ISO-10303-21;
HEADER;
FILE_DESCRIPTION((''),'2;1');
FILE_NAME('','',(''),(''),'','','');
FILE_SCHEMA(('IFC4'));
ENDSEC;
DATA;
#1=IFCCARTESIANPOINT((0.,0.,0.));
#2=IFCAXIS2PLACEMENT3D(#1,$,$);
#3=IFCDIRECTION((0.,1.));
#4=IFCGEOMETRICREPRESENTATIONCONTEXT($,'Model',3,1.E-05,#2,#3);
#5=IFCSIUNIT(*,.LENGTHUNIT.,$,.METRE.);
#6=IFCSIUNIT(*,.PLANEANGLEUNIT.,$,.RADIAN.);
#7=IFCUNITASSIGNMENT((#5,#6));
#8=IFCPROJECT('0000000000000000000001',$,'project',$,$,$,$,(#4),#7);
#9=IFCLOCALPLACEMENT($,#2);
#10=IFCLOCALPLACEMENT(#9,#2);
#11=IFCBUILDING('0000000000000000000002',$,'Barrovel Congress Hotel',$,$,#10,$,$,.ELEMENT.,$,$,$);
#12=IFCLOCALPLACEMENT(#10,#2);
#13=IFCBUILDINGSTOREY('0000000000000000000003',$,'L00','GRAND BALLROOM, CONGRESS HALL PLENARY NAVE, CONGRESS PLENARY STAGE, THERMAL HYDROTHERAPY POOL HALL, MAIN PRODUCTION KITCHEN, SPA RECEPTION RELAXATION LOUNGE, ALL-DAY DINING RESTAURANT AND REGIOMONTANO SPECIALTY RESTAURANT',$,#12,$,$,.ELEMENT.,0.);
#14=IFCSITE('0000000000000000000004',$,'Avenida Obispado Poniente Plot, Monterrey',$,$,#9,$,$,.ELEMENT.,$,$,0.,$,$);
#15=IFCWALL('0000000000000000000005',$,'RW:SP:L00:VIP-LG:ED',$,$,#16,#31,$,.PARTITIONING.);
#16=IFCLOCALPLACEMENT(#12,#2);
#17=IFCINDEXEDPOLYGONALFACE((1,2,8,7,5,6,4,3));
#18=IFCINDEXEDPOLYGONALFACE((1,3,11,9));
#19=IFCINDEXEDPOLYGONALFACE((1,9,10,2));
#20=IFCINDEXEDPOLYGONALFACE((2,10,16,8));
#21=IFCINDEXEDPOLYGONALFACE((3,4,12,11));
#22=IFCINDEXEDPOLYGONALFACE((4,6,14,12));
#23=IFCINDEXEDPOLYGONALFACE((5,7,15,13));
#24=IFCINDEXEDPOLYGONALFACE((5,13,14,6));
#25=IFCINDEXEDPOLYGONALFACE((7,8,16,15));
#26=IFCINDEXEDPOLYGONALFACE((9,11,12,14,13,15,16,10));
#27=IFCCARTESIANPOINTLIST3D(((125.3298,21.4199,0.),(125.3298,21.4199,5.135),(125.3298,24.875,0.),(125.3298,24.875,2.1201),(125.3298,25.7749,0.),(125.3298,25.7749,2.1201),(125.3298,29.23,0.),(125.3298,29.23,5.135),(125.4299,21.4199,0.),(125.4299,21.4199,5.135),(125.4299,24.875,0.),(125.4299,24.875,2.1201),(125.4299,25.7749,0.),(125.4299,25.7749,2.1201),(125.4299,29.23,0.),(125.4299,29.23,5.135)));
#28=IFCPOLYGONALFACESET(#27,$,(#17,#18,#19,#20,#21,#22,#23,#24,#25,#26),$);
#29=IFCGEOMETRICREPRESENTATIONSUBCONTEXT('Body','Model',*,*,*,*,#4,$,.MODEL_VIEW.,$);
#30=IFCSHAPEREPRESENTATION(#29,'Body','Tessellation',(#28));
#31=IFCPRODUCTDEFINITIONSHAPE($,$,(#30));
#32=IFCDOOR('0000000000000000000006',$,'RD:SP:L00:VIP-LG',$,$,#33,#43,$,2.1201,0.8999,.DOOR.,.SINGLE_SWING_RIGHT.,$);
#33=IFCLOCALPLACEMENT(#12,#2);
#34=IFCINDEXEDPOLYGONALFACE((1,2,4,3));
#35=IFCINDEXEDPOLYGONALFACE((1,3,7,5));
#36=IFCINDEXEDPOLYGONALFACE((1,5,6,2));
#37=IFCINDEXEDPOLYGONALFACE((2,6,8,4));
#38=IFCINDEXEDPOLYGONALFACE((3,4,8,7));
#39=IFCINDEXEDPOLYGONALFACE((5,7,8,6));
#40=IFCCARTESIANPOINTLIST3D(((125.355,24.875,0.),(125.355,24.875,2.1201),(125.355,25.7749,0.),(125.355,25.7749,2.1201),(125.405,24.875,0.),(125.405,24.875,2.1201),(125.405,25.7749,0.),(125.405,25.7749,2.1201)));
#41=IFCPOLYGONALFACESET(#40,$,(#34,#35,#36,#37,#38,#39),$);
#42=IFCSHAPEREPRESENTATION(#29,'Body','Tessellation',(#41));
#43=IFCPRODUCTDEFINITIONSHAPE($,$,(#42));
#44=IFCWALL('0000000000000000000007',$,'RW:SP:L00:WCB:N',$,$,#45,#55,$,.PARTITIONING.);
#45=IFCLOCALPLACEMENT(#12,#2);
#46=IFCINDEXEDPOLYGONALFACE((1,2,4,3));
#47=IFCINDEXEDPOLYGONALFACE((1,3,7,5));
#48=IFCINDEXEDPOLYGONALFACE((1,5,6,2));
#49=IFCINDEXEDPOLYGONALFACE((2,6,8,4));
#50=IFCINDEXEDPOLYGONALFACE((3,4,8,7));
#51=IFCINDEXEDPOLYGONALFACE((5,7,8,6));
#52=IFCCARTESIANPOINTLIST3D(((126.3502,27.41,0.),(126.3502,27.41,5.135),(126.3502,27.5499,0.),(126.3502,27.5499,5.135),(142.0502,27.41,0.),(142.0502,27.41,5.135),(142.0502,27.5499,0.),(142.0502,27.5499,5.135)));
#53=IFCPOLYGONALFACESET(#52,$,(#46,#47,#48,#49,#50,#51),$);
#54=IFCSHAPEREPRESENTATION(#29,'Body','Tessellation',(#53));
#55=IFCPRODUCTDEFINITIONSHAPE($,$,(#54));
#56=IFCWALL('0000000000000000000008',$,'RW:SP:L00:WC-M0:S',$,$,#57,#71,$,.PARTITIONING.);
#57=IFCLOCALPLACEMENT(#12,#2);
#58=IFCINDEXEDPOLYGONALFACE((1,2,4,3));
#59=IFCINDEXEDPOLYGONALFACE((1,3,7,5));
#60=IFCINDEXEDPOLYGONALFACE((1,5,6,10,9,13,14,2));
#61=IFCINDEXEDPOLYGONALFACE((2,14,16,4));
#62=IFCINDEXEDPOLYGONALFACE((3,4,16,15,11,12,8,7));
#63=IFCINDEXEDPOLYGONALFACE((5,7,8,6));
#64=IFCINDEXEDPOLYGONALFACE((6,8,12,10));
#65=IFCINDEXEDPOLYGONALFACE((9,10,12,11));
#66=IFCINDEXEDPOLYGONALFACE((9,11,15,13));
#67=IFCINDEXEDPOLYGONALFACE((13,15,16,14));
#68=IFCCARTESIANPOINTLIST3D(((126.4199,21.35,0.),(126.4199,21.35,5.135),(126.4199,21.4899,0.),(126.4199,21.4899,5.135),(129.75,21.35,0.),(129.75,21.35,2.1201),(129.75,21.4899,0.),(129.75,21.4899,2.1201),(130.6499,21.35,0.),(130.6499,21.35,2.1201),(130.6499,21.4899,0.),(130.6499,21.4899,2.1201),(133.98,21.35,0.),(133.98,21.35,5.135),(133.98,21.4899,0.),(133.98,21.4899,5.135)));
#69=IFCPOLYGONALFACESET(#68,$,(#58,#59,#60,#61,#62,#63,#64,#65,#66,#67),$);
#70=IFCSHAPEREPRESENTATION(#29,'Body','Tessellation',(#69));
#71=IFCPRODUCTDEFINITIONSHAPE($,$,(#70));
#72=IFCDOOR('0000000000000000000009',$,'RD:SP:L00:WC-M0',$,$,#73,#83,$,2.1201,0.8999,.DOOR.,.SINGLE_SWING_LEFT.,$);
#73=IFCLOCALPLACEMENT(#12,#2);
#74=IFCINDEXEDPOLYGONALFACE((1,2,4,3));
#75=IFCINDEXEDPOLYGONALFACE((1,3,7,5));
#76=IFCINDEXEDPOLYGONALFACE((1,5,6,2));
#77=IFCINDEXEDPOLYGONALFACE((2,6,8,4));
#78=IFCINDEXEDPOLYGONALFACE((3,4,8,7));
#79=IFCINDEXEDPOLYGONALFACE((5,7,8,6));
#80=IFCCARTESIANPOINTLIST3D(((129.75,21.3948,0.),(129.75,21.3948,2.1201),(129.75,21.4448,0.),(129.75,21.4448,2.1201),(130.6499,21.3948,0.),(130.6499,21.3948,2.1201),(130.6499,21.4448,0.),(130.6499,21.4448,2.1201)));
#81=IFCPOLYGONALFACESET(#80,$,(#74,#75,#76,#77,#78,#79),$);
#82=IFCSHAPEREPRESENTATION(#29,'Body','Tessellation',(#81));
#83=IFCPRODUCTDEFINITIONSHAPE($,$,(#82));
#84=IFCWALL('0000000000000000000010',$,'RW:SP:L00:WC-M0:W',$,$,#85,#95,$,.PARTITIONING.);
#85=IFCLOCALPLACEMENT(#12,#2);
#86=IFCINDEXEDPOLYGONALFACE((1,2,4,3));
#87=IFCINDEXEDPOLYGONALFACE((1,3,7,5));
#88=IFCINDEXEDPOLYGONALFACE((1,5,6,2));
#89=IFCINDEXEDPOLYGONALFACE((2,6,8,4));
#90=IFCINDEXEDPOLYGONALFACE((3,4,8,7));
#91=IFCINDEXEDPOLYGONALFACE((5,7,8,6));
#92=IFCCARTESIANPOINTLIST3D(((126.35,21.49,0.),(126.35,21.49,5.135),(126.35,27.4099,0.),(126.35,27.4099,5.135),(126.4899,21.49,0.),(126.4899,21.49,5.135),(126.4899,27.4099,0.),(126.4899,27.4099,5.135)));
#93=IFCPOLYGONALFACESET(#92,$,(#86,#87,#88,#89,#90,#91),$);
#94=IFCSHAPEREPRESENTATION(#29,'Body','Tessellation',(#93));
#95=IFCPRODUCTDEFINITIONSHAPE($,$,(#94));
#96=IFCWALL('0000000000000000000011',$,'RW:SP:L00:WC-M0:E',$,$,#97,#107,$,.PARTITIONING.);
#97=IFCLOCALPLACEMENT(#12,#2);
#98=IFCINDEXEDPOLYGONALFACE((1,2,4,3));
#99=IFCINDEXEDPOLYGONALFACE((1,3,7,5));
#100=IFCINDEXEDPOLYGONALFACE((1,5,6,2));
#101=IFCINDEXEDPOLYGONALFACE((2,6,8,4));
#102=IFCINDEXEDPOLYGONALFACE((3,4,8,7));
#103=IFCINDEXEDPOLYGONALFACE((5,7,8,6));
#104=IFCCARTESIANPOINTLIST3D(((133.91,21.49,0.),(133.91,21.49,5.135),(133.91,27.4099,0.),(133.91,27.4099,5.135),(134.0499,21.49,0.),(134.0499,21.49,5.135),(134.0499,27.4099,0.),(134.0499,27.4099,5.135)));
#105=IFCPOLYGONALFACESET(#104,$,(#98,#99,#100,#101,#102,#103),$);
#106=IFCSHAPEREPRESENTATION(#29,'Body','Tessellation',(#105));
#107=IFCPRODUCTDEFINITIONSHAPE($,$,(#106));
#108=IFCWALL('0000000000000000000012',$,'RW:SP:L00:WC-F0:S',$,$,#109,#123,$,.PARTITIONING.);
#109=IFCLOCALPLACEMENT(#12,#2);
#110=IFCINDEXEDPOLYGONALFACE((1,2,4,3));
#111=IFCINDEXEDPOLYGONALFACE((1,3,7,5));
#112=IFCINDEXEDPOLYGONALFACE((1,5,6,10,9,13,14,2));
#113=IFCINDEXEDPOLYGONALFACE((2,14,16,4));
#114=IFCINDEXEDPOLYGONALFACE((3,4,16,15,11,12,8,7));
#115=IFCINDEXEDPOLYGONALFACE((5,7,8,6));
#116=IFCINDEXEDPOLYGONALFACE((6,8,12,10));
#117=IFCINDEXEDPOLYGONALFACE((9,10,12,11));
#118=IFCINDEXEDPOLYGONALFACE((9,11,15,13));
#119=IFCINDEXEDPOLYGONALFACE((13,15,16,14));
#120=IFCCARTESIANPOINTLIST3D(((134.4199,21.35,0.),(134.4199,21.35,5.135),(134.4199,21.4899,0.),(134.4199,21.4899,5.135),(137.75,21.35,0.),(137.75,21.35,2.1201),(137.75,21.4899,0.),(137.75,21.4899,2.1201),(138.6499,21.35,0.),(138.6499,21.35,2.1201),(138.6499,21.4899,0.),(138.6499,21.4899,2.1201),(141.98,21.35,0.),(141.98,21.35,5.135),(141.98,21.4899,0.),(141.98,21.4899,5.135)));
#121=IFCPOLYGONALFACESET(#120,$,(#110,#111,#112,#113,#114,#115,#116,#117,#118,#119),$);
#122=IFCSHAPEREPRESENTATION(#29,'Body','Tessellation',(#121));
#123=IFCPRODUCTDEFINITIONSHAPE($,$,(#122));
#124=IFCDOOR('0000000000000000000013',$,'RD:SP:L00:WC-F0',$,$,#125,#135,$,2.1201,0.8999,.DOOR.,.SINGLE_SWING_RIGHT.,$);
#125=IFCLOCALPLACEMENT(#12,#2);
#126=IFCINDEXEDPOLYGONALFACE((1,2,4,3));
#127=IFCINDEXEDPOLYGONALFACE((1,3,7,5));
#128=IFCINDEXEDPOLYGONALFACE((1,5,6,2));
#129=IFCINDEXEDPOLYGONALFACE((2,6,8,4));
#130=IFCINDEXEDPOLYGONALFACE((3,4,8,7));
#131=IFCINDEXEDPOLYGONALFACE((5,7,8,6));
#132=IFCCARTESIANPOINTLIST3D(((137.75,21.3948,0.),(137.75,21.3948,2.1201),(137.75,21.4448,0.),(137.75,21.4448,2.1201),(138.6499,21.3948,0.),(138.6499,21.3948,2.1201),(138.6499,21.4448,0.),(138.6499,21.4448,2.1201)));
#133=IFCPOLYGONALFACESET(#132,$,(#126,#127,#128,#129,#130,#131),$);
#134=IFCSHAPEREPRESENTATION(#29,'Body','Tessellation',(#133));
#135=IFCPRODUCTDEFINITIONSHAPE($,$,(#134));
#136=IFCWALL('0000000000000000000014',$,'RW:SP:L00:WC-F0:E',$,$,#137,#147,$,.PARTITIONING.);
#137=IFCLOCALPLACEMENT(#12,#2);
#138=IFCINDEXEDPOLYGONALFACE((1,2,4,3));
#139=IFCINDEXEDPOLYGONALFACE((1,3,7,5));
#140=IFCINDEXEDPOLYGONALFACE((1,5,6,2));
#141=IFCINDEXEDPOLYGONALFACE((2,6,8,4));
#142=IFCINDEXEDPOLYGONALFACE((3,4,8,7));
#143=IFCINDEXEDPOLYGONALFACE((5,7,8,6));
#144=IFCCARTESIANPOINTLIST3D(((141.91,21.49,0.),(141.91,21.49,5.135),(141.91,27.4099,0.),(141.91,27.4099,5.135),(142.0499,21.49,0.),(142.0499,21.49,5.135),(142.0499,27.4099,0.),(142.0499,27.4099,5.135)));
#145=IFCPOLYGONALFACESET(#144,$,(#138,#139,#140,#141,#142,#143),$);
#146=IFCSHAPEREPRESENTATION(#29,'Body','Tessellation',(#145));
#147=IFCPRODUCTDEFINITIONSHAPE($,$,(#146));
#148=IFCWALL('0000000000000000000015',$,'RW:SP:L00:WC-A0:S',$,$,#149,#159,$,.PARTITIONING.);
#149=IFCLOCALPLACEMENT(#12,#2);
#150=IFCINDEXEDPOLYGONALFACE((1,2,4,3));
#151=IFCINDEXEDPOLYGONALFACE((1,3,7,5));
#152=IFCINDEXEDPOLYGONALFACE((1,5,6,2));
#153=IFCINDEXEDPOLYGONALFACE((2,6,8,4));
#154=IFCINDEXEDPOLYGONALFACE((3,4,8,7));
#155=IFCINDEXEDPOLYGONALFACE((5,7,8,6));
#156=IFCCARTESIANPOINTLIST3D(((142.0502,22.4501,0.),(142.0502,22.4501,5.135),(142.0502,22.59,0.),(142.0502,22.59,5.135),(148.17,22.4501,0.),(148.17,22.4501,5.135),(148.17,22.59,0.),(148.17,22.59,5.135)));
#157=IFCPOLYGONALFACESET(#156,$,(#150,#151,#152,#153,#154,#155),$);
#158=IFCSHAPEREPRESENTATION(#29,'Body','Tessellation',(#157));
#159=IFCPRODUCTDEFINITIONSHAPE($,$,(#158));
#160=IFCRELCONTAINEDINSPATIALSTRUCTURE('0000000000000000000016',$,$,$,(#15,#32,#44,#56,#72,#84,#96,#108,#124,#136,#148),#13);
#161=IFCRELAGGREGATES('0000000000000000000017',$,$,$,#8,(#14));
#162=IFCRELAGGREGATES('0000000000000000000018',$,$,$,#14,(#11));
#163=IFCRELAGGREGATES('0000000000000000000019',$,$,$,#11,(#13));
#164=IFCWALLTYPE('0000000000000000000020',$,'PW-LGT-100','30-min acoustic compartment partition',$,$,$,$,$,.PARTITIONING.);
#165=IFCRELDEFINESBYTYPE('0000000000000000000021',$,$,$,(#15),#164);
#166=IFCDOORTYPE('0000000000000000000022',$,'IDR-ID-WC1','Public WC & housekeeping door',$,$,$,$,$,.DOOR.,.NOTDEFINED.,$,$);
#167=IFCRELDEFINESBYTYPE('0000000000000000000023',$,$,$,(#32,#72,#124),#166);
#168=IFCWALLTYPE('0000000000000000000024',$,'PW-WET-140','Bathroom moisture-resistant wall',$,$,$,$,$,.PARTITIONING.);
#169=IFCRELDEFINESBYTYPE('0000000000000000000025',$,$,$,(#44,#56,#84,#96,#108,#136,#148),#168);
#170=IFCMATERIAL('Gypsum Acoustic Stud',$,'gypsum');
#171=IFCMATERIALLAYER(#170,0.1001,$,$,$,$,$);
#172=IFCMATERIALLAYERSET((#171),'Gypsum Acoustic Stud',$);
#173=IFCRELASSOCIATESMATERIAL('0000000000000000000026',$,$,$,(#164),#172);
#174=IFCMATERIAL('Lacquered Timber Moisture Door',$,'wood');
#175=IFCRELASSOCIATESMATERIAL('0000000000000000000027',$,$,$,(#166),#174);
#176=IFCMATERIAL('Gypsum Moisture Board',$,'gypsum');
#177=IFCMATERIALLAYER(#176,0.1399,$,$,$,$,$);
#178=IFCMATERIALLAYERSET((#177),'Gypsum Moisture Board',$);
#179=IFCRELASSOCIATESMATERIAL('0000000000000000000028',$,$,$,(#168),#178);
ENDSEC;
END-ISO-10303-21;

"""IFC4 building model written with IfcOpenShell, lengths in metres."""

from ifc_helpers import new_model, si_unit, direction, frame, frame_2d, origin, place, context, subcontext, project, spatial, rectangle, extrude, material, layer, layer_set, type_object, element, fill, save


model = new_model("IFC4")

# Units and contexts
model_context = context("Model", 3, precision=1e-05, world=origin(), true_north=direction((0.0, 1.0)))
body_context = subcontext(model_context, "Body", "Model", "MODEL_VIEW")
ifc_project = project(units=[si_unit("LENGTHUNIT", "METRE"), si_unit("PLANEANGLEUNIT", "RADIAN")], contexts=[model_context])

# Site, building, storey
site_placement = place(None, origin())
site = spatial("IfcSite", under=ifc_project, at=site_placement, Name="Avenida Obispado Poniente Plot, Monterrey", CompositionType="ELEMENT", RefElevation=0.0)
building_placement = place(site_placement, origin())
building = spatial("IfcBuilding", under=site, at=building_placement, Name="Barrovel Congress Hotel", CompositionType="ELEMENT")
storey_placement = place(building_placement, origin())
storey = spatial("IfcBuildingStorey", under=building, at=storey_placement, Name="L00", Description="GRAND BALLROOM, CONGRESS HALL PLENARY NAVE, CONGRESS PLENARY STAGE, THERMAL HYDROTHERAPY POOL HALL, MAIN PRODUCTION KITCHEN, SPA RECEPTION RELAXATION LOUNGE, ALL-DAY DINING RESTAURANT AND REGIOMONTANO SPECIALTY RESTAURANT", CompositionType="ELEMENT", Elevation=0.0)

# Wall, opening, door
ifc_material_1 = material(Name="Gypsum Acoustic Stud", Category="gypsum")
ifc_layer_1 = layer(ifc_material_1, 0.1001)
ifc_layer_set_1 = layer_set([ifc_layer_1], Name="Gypsum Acoustic Stud")
wall_type_1 = type_object("IfcWallType", Name="PW-LGT-100", Description="30-min acoustic compartment partition", PredefinedType="PARTITIONING", material=ifc_layer_set_1)
wall_1_placement = place(storey_placement, frame((125.3799, 21.4199, 0.0), z_axis=(0.0, 0.0, 1.0), x_axis=(0.0, 1.0, 0.0)))
wall_1 = element("IfcWall", 1, at=wall_1_placement, inside=storey, type_object=wall_type_1, Name="RW:SP:L00:VIP-LG:ED", PredefinedType="PARTITIONING", context=body_context, shape_type="SweptSolid", body=[
    extrude(rectangle(XDim=7.8101, YDim=0.1001, at=frame_2d((3.905, 0.0))), origin(), (0.0, 0.0, 1.0), 5.135),
])
opening_1_placement = place(wall_1_placement, frame((3.4551, 0.0, 0.0)))
opening_1 = element("IfcOpeningElement", 2, at=opening_1_placement, cuts=wall_1, PredefinedType="OPENING", context=body_context, shape_type="SweptSolid", body=[
    extrude(rectangle(XDim=0.8999, YDim=2.1201, at=frame_2d((0.45, 1.0601))), frame((0.0, 0.0601, 0.0), z_axis=(0.0, -1.0, 0.0), x_axis=(1.0, 0.0, 0.0)), (0.0, 0.0, 1.0), 0.1201),
])
ifc_material_2 = material(Name="Lacquered Timber Moisture Door", Category="wood")
door_type = type_object("IfcDoorType", Name="IDR-ID-WC1", Description="Public WC & housekeeping door", OperationType="NOTDEFINED", PredefinedType="DOOR", material=ifc_material_2)
door_1_placement = place(opening_1_placement, origin())
door_1 = element("IfcDoor", 3, at=door_1_placement, inside=storey, type_object=door_type, Name="RD:SP:L00:VIP-LG", OperationType="SINGLE_SWING_RIGHT", OverallHeight=2.1201, OverallWidth=0.8999, PredefinedType="DOOR", context=body_context, shape_type="SweptSolid", body=[
    extrude(rectangle(XDim=0.8999, YDim=2.1201, at=frame_2d((0.45, 1.0601))), frame((0.0, 0.0249, 0.0), z_axis=(0.0, -1.0, 0.0), x_axis=(1.0, 0.0, 0.0)), (0.0, 0.0, 1.0), 0.05),
])
fill(opening_1, door_1)

# Wall
ifc_material_3 = material(Name="Gypsum Moisture Board", Category="gypsum")
ifc_layer_2 = layer(ifc_material_3, 0.1399)
ifc_layer_set_2 = layer_set([ifc_layer_2], Name="Gypsum Moisture Board")
wall_type_2 = type_object("IfcWallType", Name="PW-WET-140", Description="Bathroom moisture-resistant wall", PredefinedType="PARTITIONING", material=ifc_layer_set_2)
wall_2_placement = place(storey_placement, frame((126.3501, 27.48, 0.0), z_axis=(0.0, 0.0, 1.0), x_axis=(1.0, 0.0, 0.0)))
element("IfcWall", 4, at=wall_2_placement, inside=storey, type_object=wall_type_2, Name="RW:SP:L00:WCB:N", PredefinedType="PARTITIONING", context=body_context, shape_type="SweptSolid", body=[
    extrude(rectangle(XDim=15.7, YDim=0.1399, at=frame_2d((7.8501, 0.0))), origin(), (0.0, 0.0, 1.0), 5.135),
])

# Wall, opening, door
wall_3_placement = place(storey_placement, frame((126.4199, 21.4199, 0.0), z_axis=(0.0, 0.0, 1.0), x_axis=(1.0, 0.0, 0.0)))
wall_3 = element("IfcWall", 5, at=wall_3_placement, inside=storey, type_object=wall_type_2, Name="RW:SP:L00:WC-M0:S", PredefinedType="PARTITIONING", context=body_context, shape_type="SweptSolid", body=[
    extrude(rectangle(XDim=7.5601, YDim=0.1399, at=frame_2d((3.78, 0.0))), origin(), (0.0, 0.0, 1.0), 5.135),
])
opening_2_placement = place(wall_3_placement, frame((3.3301, 0.0, 0.0)))
opening_2 = element("IfcOpeningElement", 6, at=opening_2_placement, cuts=wall_3, PredefinedType="OPENING", context=body_context, shape_type="SweptSolid", body=[
    extrude(rectangle(XDim=0.8999, YDim=2.1201, at=frame_2d((0.45, 1.0601))), frame((0.0, 0.0801, 0.0), z_axis=(0.0, -1.0, 0.0), x_axis=(1.0, 0.0, 0.0)), (0.0, 0.0, 1.0), 0.1599),
])
door_2_placement = place(opening_2_placement, origin())
door_2 = element("IfcDoor", 7, at=door_2_placement, inside=storey, type_object=door_type, Name="RD:SP:L00:WC-M0", OperationType="SINGLE_SWING_LEFT", OverallHeight=2.1201, OverallWidth=0.8999, PredefinedType="DOOR", context=body_context, shape_type="SweptSolid", body=[
    extrude(rectangle(XDim=0.8999, YDim=2.1201, at=frame_2d((0.45, 1.0601))), frame((0.0, 0.0249, 0.0), z_axis=(0.0, -1.0, 0.0), x_axis=(1.0, 0.0, 0.0)), (0.0, 0.0, 1.0), 0.05),
])
fill(opening_2, door_2)

# Walls
for number, where, z_axis, x_axis, name in (
    (8, (126.4199, 21.49, 0.0), (0.0, 0.0, 1.0), (0.0, 1.0, 0.0), "RW:SP:L00:WC-M0:W"),
    (9, (133.98, 21.49, 0.0), (0.0, 0.0, 1.0), (0.0, 1.0, 0.0), "RW:SP:L00:WC-M0:E"),
):
    element("IfcWall", number, at=place(storey_placement, frame(where, z_axis=z_axis, x_axis=x_axis)), inside=storey, type_object=wall_type_2, Name=name, PredefinedType="PARTITIONING", context=body_context, shape_type="SweptSolid", body=[
        extrude(rectangle(XDim=5.9199, YDim=0.1399, at=frame_2d((2.96, 0.0))), origin(), (0.0, 0.0, 1.0), 5.135),
    ])

# Wall, opening, door
wall_4_placement = place(storey_placement, frame((134.4199, 21.4199, 0.0), z_axis=(0.0, 0.0, 1.0), x_axis=(1.0, 0.0, 0.0)))
wall_4 = element("IfcWall", 10, at=wall_4_placement, inside=storey, type_object=wall_type_2, Name="RW:SP:L00:WC-F0:S", PredefinedType="PARTITIONING", context=body_context, shape_type="SweptSolid", body=[
    extrude(rectangle(XDim=7.5601, YDim=0.1399, at=frame_2d((3.78, 0.0))), origin(), (0.0, 0.0, 1.0), 5.135),
])
opening_3_placement = place(wall_4_placement, frame((3.3301, 0.0, 0.0)))
opening_3 = element("IfcOpeningElement", 11, at=opening_3_placement, cuts=wall_4, PredefinedType="OPENING", context=body_context, shape_type="SweptSolid", body=[
    extrude(rectangle(XDim=0.8999, YDim=2.1201, at=frame_2d((0.45, 1.0601))), frame((0.0, 0.0801, 0.0), z_axis=(0.0, -1.0, 0.0), x_axis=(1.0, 0.0, 0.0)), (0.0, 0.0, 1.0), 0.1599),
])
door_3_placement = place(opening_3_placement, origin())
door_3 = element("IfcDoor", 12, at=door_3_placement, inside=storey, type_object=door_type, Name="RD:SP:L00:WC-F0", OperationType="SINGLE_SWING_RIGHT", OverallHeight=2.1201, OverallWidth=0.8999, PredefinedType="DOOR", context=body_context, shape_type="SweptSolid", body=[
    extrude(rectangle(XDim=0.8999, YDim=2.1201, at=frame_2d((0.45, 1.0601))), frame((0.0, 0.0249, 0.0), z_axis=(0.0, -1.0, 0.0), x_axis=(1.0, 0.0, 0.0)), (0.0, 0.0, 1.0), 0.05),
])
fill(opening_3, door_3)

# Walls
wall_5_placement = place(storey_placement, frame((141.98, 21.49, 0.0), z_axis=(0.0, 0.0, 1.0), x_axis=(0.0, 1.0, 0.0)))
element("IfcWall", 13, at=wall_5_placement, inside=storey, type_object=wall_type_2, Name="RW:SP:L00:WC-F0:E", PredefinedType="PARTITIONING", context=body_context, shape_type="SweptSolid", body=[
    extrude(rectangle(XDim=5.9199, YDim=0.1399, at=frame_2d((2.96, 0.0))), origin(), (0.0, 0.0, 1.0), 5.135),
])
wall_6_placement = place(storey_placement, frame((142.05, 22.52, 0.0), z_axis=(0.0, 0.0, 1.0), x_axis=(1.0, 0.0, 0.0)))
element("IfcWall", 14, at=wall_6_placement, inside=storey, type_object=wall_type_2, Name="RW:SP:L00:WC-A0:S", PredefinedType="PARTITIONING", context=body_context, shape_type="SweptSolid", body=[
    extrude(rectangle(XDim=6.1199, YDim=0.1399, at=frame_2d((3.0601, 0.0))), origin(), (0.0, 0.0, 1.0), 5.135),
])

save(model, "model.ifc")
